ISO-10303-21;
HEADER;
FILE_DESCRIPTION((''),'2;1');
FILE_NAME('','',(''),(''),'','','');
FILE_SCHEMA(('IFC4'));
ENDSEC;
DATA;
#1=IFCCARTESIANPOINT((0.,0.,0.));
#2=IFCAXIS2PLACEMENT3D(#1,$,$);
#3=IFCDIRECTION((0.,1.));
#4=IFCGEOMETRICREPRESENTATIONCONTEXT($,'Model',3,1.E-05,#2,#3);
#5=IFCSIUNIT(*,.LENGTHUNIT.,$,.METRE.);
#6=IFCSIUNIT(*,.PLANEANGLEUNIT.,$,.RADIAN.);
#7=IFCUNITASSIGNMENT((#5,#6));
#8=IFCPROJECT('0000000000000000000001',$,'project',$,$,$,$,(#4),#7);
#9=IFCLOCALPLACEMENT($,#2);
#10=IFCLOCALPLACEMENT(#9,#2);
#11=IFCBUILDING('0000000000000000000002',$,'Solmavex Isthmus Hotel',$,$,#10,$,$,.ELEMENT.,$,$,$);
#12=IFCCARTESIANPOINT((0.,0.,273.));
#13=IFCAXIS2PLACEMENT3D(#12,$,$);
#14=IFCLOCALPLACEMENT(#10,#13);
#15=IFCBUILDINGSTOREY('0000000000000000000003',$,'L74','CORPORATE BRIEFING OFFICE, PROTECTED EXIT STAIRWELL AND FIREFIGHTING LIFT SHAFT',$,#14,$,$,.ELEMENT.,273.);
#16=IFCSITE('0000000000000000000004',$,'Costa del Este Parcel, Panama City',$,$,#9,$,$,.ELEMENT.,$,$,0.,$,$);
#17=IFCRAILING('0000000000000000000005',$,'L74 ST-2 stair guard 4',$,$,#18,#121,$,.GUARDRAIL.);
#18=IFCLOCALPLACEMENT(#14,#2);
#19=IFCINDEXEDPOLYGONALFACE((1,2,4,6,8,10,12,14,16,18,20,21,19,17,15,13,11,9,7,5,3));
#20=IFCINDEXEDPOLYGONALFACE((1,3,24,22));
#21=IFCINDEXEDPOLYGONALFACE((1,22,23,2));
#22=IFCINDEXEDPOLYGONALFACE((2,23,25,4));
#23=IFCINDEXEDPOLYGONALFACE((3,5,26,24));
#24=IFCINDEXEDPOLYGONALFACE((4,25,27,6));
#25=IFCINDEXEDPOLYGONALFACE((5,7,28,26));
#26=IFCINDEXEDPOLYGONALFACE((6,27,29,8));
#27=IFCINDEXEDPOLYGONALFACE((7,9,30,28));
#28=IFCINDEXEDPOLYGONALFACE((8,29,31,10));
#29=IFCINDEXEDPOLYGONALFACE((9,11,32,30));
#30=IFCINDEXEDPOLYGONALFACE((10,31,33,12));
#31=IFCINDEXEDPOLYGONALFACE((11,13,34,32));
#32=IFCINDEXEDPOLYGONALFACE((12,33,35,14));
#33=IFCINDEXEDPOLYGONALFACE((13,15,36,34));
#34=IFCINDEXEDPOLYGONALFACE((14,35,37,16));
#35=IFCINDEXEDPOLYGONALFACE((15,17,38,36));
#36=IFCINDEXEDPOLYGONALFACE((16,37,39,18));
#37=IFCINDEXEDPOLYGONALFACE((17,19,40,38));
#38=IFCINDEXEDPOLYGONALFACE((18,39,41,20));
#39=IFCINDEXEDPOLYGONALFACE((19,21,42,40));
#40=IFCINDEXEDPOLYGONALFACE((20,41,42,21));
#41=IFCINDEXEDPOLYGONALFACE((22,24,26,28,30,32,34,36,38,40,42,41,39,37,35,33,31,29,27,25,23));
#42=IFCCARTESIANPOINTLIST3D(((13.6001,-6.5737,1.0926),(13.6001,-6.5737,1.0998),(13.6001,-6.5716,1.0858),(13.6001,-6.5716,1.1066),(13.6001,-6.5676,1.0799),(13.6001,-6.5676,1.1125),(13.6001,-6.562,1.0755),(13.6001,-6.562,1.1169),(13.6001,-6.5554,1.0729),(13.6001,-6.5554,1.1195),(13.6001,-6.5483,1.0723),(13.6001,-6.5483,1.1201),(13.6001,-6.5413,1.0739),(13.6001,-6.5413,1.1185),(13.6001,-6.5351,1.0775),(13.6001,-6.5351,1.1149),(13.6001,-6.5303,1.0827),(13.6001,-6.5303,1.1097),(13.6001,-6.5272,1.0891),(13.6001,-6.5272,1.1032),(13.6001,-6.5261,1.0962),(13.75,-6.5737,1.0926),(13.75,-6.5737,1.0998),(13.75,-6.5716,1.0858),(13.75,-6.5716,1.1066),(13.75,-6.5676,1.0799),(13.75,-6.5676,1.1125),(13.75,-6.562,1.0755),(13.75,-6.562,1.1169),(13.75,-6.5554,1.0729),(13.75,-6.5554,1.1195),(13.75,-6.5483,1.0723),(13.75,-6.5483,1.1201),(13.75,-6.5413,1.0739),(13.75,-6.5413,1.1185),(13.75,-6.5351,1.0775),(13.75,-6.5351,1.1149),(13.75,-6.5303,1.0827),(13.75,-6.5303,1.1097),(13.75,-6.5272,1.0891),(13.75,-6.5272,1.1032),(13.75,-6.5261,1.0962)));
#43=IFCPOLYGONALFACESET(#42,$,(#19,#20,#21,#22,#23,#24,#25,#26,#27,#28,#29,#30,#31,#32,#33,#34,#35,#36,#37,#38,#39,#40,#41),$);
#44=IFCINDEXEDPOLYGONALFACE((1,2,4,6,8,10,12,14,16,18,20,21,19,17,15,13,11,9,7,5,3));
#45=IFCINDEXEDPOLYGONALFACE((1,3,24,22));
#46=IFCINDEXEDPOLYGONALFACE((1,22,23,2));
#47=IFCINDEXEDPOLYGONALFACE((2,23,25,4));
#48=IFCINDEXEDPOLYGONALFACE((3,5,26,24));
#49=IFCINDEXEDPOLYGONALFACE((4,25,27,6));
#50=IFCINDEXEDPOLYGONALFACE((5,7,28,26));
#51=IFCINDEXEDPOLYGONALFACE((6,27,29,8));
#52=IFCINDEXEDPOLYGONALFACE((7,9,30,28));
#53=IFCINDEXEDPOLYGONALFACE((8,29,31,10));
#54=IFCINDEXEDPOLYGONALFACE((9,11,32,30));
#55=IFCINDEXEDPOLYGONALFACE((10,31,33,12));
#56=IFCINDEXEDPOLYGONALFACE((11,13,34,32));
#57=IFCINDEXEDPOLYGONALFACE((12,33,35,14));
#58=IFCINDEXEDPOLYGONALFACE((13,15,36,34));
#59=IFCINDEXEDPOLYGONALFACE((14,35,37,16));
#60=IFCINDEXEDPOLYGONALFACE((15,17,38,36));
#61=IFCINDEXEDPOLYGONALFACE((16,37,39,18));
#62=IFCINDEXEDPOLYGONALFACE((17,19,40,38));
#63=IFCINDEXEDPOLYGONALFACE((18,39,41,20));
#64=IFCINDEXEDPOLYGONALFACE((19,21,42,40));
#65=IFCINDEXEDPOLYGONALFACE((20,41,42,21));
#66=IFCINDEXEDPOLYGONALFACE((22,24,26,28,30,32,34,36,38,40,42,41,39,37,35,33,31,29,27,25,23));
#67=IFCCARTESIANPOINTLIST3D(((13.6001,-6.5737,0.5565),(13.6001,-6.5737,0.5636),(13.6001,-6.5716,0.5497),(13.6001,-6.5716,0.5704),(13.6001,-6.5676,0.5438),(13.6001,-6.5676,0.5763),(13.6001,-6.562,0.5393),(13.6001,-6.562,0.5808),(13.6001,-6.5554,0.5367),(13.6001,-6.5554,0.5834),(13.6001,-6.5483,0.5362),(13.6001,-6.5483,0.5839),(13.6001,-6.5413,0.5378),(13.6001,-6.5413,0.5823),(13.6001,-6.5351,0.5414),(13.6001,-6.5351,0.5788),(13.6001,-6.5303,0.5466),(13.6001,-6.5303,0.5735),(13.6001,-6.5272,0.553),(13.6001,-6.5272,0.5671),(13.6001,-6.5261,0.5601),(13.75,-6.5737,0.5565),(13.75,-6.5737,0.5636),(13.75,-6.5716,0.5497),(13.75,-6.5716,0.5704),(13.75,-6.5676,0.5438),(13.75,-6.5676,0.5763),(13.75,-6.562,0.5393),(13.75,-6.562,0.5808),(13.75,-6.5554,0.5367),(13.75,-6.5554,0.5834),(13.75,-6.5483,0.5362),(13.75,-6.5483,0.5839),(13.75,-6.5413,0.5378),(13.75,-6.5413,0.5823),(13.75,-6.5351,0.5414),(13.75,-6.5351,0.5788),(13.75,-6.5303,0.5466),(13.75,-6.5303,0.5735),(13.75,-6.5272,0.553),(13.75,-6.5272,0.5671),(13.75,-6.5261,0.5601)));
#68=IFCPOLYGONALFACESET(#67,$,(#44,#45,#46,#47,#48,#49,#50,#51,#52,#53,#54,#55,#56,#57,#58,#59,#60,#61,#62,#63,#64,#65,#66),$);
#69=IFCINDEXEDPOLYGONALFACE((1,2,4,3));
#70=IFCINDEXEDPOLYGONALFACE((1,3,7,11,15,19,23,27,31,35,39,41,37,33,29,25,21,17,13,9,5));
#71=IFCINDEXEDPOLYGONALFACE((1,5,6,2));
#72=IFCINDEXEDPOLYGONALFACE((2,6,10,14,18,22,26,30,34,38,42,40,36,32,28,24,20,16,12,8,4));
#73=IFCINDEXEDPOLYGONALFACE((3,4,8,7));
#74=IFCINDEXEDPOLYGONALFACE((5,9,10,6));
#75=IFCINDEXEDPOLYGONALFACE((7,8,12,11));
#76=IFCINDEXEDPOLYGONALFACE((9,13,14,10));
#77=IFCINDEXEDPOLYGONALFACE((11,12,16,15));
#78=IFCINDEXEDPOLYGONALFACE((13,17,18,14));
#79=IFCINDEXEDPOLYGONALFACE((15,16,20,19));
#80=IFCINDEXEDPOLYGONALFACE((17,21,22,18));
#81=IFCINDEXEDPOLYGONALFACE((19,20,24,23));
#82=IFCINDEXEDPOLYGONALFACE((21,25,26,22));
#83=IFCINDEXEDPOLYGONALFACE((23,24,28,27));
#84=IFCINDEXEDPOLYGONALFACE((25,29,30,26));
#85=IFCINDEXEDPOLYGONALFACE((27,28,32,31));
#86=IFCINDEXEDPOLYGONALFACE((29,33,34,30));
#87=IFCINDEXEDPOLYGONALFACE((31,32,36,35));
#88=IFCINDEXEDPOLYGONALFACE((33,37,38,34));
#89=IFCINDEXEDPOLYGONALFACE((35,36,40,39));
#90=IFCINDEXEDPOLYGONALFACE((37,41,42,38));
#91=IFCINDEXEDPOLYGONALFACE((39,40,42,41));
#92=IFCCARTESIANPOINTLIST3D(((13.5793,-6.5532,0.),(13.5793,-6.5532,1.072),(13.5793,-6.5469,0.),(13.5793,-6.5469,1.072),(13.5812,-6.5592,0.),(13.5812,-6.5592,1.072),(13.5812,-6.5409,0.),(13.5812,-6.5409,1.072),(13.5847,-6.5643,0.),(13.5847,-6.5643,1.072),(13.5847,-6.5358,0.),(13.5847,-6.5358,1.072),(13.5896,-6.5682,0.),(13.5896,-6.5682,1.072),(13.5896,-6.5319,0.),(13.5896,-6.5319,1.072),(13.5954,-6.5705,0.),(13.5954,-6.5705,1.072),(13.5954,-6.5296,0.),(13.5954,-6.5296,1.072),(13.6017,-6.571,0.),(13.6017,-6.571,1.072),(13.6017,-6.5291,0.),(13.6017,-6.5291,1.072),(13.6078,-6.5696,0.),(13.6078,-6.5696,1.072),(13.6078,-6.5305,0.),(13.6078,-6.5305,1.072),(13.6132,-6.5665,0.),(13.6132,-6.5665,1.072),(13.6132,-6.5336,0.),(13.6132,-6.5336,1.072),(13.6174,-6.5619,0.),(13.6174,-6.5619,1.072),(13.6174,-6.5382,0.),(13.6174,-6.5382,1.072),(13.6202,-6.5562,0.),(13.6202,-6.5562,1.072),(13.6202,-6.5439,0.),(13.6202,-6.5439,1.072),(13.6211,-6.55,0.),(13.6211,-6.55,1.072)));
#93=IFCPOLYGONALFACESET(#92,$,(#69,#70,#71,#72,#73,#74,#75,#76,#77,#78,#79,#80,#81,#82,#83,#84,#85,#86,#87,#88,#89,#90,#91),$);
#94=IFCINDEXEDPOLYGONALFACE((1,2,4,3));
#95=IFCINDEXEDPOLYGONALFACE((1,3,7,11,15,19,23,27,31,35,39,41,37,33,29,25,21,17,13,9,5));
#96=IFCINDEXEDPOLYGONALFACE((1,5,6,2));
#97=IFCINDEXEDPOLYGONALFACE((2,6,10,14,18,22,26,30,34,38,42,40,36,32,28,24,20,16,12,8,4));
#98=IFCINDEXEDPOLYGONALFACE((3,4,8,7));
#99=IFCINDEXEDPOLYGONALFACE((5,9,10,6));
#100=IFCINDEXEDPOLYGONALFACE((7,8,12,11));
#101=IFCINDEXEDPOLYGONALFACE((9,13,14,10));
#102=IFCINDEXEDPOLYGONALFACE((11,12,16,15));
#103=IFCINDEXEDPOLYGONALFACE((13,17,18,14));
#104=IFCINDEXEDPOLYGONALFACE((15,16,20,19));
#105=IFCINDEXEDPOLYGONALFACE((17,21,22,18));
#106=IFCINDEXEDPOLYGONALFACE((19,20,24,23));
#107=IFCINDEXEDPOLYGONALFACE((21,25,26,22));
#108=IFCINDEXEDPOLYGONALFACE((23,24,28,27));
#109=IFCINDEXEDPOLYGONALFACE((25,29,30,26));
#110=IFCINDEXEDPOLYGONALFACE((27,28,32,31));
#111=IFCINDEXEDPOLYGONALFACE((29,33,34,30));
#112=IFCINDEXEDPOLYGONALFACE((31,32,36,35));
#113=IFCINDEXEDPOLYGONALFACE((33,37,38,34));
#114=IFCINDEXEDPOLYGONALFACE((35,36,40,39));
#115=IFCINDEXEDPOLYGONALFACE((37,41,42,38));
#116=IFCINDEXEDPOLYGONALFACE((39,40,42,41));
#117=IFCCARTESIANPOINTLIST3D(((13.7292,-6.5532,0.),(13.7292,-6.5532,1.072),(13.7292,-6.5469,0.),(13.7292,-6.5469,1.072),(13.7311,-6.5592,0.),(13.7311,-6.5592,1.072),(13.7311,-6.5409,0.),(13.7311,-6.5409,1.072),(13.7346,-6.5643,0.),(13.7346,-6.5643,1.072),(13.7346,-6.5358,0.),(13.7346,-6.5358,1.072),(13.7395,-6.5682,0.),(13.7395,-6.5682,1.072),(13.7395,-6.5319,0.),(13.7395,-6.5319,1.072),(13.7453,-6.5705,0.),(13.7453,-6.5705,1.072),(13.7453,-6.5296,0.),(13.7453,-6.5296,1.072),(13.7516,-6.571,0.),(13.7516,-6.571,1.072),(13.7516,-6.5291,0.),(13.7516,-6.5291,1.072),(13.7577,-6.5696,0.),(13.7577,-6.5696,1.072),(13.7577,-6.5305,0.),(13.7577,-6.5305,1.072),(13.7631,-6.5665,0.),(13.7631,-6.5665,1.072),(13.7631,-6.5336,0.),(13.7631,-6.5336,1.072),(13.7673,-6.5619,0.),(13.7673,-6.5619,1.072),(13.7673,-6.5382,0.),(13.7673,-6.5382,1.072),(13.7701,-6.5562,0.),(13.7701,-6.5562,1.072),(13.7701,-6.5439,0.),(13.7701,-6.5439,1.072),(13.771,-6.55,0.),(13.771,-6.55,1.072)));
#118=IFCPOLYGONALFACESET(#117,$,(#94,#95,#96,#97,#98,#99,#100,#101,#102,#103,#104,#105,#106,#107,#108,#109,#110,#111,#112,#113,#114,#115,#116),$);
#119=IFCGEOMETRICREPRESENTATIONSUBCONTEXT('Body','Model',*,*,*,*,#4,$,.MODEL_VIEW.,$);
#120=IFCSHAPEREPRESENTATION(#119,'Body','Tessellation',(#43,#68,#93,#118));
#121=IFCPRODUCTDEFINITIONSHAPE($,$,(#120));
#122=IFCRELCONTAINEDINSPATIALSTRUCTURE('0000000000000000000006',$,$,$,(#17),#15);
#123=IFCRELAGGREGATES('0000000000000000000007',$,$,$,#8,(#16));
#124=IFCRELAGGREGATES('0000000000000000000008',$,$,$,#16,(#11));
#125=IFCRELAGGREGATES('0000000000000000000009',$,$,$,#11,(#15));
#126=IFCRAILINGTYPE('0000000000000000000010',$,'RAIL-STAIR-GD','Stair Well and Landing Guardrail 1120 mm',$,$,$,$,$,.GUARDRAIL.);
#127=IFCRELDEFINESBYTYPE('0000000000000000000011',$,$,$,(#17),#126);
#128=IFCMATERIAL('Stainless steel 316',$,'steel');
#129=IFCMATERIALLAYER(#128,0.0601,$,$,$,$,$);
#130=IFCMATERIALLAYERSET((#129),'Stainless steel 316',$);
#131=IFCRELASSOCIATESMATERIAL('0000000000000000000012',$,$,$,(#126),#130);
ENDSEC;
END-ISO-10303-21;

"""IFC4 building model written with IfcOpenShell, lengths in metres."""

from ifc_helpers import new_model, si_unit, direction, frame, origin, origin_2d, place, context, subcontext, project, spatial, circle, extrude, material, layer, layer_set, type_object, element, save


model = new_model("IFC4")

# Units and contexts
model_context = context("Model", 3, precision=1e-05, world=origin(), true_north=direction((0.0, 1.0)))
body_context = subcontext(model_context, "Body", "Model", "MODEL_VIEW")
ifc_project = project(units=[si_unit("LENGTHUNIT", "METRE"), si_unit("PLANEANGLEUNIT", "RADIAN")], contexts=[model_context])

# Site, building, storey
site_placement = place(None, origin())
site = spatial("IfcSite", under=ifc_project, at=site_placement, Name="Costa del Este Parcel, Panama City", CompositionType="ELEMENT", RefElevation=0.0)
building_placement = place(site_placement, origin())
building = spatial("IfcBuilding", under=site, at=building_placement, Name="Solmavex Isthmus Hotel", CompositionType="ELEMENT")
storey_placement = place(building_placement, frame((0.0, 0.0, 273.0)))
storey = spatial("IfcBuildingStorey", under=building, at=storey_placement, Name="L74", Description="CORPORATE BRIEFING OFFICE, PROTECTED EXIT STAIRWELL AND FIREFIGHTING LIFT SHAFT", CompositionType="ELEMENT", Elevation=273.0)

# Railing
ifc_material_1 = material(Name="Stainless steel 316", Category="steel")
ifc_layer_1 = layer(ifc_material_1, 0.0601)
ifc_layer_set_1 = layer_set([ifc_layer_1], Name="Stainless steel 316")
railing_type_1 = type_object("IfcRailingType", Name="RAIL-STAIR-GD", Description="Stair Well and Landing Guardrail 1120 mm", PredefinedType="GUARDRAIL", material=ifc_layer_set_1)
railing_1_placement = place(storey_placement, frame((13.6001, -6.55, 0.0)))
element("IfcRailing", 1, at=railing_1_placement, inside=storey, type_object=railing_type_1, Name="L74 ST-2 stair guard 4", PredefinedType="GUARDRAIL", context=body_context, shape_type="SweptSolid", body=[
    extrude(circle(Radius=0.0239, at=origin_2d()), frame((0.0, 0.0, 1.0962), z_axis=(1.0, 0.0, 0.0), x_axis=(0.0, 1.0, 0.0)), (0.0, 0.0, 1.0), 0.1499),
    extrude(circle(Radius=0.0239, at=origin_2d()), frame((0.0, 0.0, 0.5601), z_axis=(1.0, 0.0, 0.0), x_axis=(0.0, 1.0, 0.0)), (0.0, 0.0, 1.0), 0.1499),
    extrude(circle(Radius=0.021, at=origin_2d()), origin(), (0.0, 0.0, 1.0), 1.072),
    extrude(circle(Radius=0.021, at=origin_2d()), frame((0.1499, 0.0, 0.0)), (0.0, 0.0, 1.0), 1.072),
])

save(model, "model.ifc")
